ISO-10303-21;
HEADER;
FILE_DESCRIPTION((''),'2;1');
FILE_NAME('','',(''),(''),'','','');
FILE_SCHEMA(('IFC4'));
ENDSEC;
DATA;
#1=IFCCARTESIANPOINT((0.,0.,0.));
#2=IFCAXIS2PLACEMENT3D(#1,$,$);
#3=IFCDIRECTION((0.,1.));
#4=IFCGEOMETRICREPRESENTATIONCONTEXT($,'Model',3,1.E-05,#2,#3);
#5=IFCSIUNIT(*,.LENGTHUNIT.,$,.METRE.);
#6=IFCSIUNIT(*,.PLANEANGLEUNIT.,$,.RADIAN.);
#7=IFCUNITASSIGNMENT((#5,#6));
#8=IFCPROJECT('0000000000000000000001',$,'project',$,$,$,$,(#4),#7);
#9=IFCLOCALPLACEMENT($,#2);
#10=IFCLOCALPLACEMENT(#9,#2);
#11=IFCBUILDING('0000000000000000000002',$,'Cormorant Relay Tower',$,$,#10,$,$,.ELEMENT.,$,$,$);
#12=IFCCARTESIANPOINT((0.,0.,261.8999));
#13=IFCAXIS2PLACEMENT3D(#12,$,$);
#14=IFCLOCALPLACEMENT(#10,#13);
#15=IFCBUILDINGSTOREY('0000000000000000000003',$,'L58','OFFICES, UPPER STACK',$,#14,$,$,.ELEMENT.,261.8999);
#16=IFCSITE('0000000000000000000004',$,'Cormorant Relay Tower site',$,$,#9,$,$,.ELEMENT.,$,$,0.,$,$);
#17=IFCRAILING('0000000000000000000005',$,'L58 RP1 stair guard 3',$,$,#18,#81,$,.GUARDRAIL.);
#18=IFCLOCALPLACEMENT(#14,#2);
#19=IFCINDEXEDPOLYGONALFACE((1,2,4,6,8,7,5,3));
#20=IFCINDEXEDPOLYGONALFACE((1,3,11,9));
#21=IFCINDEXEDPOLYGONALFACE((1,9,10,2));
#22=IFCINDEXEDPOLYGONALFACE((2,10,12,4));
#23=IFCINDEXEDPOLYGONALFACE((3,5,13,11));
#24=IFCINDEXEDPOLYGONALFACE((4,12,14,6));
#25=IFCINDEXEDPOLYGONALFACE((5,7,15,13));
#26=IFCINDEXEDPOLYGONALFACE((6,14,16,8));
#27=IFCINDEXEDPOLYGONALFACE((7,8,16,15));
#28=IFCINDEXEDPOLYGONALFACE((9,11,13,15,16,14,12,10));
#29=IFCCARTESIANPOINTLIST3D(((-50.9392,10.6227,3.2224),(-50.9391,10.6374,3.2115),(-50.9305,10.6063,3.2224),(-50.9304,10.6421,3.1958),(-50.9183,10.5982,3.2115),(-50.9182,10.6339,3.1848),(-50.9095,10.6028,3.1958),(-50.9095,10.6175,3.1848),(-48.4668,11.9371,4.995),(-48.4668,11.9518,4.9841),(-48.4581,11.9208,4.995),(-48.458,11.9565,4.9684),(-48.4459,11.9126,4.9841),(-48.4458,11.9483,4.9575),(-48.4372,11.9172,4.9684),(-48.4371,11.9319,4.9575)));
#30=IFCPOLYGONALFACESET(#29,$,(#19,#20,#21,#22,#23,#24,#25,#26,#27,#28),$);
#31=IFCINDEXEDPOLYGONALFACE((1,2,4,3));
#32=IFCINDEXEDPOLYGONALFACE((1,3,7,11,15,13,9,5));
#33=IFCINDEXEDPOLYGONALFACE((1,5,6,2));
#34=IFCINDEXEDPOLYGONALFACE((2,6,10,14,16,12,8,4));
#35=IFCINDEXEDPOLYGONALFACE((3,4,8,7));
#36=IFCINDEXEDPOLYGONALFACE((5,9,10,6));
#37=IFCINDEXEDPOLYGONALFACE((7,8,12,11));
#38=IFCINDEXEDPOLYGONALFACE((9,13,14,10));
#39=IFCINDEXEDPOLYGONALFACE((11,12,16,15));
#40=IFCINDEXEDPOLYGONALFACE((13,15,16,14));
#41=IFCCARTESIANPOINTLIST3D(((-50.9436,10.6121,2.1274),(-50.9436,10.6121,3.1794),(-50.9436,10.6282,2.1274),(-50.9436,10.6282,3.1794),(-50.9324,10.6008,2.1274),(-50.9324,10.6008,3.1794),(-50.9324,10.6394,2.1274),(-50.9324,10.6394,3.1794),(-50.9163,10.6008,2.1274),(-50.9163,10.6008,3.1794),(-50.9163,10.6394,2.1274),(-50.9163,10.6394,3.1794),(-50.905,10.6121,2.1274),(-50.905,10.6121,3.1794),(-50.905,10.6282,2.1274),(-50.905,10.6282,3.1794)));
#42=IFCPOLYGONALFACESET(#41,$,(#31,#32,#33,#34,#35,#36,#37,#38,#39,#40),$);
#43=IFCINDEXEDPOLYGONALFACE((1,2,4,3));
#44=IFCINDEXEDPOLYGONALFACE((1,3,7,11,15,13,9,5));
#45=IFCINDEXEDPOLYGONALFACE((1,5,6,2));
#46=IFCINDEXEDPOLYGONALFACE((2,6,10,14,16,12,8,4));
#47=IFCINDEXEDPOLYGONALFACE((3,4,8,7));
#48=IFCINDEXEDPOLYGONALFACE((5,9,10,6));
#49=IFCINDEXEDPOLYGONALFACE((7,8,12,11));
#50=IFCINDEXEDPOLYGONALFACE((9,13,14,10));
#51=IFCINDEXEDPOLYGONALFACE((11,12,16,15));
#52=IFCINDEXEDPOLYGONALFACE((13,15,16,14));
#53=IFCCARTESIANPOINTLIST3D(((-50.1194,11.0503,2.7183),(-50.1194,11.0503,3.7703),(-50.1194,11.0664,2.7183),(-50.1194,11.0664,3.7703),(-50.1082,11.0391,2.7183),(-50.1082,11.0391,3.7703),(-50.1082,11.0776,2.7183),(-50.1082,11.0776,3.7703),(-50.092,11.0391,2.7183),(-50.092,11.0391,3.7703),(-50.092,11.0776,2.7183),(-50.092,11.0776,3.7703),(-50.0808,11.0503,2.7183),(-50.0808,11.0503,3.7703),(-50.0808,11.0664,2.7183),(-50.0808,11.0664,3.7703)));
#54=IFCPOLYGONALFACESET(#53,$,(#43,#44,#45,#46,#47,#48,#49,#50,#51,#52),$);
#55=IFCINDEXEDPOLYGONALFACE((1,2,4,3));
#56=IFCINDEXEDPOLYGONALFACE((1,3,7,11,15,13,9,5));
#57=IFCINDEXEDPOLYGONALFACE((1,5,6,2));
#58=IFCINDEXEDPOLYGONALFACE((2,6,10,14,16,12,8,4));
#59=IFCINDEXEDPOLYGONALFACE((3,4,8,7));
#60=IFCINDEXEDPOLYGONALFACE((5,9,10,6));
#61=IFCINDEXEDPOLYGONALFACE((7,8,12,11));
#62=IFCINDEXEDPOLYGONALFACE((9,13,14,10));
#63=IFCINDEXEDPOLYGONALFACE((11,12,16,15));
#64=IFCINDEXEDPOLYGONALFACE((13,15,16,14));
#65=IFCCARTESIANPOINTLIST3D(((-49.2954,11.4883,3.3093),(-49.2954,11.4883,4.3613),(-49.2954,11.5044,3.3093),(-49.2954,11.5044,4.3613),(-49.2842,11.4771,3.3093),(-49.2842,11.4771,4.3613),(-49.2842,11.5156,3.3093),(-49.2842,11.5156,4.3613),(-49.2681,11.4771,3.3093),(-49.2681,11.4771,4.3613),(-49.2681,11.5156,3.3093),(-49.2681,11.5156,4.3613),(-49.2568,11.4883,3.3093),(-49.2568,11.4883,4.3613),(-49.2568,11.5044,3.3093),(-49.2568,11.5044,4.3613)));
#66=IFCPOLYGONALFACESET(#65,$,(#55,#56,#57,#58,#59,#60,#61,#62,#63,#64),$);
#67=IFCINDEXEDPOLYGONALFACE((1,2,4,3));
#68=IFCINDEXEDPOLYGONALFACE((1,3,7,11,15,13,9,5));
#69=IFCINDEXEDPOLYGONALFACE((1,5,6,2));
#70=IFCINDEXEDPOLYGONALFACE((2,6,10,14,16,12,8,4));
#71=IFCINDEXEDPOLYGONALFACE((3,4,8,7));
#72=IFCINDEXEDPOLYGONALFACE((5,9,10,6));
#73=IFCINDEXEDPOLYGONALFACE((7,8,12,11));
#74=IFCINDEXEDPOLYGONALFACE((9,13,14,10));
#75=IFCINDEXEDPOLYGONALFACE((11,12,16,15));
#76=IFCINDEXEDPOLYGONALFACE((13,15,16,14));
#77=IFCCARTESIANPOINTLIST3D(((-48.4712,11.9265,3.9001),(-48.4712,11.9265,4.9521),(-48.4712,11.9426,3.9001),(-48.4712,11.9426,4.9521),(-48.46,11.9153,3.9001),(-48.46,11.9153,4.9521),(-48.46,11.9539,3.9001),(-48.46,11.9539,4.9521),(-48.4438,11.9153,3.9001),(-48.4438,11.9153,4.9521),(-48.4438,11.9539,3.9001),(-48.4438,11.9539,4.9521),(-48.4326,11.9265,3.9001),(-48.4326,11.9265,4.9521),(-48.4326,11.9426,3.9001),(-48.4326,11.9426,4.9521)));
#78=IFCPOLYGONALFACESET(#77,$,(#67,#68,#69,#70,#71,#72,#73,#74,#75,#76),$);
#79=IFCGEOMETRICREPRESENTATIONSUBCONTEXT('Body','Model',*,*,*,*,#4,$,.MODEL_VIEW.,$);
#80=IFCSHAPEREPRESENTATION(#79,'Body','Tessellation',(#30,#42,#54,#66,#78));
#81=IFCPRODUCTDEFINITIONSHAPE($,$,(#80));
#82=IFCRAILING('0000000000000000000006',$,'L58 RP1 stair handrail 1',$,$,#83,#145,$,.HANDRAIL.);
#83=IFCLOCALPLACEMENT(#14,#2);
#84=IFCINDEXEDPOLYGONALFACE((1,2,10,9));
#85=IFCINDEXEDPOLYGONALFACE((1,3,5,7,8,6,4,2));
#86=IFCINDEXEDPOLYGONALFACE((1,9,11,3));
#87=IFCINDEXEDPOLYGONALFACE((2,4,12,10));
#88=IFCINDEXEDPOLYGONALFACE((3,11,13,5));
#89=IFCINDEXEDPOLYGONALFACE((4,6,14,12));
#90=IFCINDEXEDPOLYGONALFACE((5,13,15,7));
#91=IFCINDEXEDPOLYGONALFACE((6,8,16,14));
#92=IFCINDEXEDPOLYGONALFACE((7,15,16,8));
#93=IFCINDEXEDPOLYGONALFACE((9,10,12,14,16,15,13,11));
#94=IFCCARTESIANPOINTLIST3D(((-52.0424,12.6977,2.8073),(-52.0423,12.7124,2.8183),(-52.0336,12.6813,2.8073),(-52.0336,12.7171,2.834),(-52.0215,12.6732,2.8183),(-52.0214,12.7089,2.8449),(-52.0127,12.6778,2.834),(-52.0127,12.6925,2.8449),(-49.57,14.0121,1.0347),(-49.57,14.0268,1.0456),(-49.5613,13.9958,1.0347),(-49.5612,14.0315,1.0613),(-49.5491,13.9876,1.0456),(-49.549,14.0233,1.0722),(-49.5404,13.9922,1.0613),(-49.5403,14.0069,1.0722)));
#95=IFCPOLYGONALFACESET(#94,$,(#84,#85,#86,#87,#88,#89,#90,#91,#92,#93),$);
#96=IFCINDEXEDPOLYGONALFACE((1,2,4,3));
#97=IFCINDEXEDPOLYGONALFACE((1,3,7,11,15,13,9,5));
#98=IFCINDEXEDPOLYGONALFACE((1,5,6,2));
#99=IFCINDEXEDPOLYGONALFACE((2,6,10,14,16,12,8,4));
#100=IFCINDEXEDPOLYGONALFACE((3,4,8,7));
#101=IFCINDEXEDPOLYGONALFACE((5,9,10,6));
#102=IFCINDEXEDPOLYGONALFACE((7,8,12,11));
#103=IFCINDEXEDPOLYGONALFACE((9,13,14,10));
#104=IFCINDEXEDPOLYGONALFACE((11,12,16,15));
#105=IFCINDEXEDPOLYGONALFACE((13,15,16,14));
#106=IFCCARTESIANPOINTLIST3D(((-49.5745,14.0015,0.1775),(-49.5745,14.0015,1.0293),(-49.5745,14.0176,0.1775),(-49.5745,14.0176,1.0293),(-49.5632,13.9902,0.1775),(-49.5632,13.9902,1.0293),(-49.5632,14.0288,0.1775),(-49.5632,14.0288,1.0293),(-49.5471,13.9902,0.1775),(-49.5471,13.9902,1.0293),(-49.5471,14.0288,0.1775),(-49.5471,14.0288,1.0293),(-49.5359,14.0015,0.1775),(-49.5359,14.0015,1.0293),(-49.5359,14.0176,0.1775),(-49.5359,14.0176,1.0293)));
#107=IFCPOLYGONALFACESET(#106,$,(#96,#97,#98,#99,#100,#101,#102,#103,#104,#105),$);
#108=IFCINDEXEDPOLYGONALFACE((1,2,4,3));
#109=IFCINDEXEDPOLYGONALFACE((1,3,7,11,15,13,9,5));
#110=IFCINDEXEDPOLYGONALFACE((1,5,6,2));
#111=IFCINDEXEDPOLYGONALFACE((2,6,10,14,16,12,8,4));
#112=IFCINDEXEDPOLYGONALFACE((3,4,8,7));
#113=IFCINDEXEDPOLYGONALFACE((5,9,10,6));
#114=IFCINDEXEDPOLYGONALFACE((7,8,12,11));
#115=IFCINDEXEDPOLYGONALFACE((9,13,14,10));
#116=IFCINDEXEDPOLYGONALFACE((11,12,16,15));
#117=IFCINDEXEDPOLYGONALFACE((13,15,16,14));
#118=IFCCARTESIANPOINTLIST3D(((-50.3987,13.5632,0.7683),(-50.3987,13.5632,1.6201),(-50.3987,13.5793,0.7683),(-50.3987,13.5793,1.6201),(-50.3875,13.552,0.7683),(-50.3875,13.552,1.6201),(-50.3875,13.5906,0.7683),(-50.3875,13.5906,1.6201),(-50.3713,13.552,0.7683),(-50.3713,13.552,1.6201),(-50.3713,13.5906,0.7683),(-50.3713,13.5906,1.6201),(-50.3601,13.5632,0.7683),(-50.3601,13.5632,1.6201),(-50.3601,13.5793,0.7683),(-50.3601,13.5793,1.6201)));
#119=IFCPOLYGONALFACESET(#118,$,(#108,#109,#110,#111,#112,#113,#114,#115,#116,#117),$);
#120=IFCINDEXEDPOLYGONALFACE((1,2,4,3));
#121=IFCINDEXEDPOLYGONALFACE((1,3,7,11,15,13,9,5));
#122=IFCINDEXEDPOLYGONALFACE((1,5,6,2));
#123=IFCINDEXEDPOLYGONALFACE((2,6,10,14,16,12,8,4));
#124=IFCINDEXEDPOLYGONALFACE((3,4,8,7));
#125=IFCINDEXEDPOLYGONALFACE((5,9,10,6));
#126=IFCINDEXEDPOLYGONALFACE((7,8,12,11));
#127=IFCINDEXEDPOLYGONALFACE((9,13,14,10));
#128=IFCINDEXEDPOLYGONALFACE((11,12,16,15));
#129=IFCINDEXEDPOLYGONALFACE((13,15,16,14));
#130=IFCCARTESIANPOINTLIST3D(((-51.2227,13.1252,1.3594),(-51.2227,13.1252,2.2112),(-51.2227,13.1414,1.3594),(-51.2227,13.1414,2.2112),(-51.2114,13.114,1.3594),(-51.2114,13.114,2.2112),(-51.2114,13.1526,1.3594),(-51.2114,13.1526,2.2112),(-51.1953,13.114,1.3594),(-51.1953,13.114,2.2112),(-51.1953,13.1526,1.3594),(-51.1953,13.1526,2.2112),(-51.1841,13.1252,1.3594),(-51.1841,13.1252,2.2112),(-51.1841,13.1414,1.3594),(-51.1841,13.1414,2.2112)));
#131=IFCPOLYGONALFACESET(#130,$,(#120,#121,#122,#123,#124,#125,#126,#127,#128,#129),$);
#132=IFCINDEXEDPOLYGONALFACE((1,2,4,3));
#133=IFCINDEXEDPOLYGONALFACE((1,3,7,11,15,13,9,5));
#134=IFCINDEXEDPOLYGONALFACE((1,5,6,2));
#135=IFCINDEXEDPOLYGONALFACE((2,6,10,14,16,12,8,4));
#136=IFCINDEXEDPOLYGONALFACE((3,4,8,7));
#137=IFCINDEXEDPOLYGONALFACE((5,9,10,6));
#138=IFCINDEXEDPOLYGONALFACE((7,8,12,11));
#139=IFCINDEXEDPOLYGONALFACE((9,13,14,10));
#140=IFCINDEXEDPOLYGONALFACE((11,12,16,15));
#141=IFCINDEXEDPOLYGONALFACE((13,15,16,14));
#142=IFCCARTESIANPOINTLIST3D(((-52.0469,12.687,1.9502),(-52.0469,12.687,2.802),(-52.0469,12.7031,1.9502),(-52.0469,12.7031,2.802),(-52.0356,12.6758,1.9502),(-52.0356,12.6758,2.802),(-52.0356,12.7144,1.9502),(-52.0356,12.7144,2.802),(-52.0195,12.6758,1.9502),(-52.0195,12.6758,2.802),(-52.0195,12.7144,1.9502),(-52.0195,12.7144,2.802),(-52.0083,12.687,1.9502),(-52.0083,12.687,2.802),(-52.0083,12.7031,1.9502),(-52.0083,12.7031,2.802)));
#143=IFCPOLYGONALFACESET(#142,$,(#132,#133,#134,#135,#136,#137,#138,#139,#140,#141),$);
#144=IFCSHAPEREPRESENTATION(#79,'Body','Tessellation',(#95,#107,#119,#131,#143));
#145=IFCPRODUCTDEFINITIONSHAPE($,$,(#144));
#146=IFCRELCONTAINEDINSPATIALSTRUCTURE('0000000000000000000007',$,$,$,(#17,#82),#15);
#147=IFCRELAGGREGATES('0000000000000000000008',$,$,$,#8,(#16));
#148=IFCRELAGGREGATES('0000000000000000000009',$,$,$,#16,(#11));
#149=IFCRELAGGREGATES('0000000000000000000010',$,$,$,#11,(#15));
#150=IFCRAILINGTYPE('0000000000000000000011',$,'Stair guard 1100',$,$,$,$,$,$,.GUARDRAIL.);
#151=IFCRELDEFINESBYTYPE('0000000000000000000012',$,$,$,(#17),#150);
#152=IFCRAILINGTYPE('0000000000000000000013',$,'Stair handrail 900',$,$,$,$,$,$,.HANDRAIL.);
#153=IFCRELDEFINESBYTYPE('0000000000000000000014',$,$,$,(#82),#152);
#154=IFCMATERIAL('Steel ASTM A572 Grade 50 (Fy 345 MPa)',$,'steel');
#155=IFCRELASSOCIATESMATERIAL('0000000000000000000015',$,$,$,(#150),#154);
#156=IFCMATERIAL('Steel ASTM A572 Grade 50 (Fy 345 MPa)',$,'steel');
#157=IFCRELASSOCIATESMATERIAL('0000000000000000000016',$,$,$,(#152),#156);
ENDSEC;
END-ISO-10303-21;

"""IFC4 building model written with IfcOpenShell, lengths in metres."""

from ifc_helpers import new_model, si_unit, direction, frame, origin, place, context, subcontext, project, spatial, polyline, outline, extrude, material, type_object, element, save


model = new_model("IFC4")

# Units and contexts
model_context = context("Model", 3, precision=1e-05, world=origin(), true_north=direction((0.0, 1.0)))
body_context = subcontext(model_context, "Body", "Model", "MODEL_VIEW")
ifc_project = project(units=[si_unit("LENGTHUNIT", "METRE"), si_unit("PLANEANGLEUNIT", "RADIAN")], contexts=[model_context])

# Site, building, storey
site_placement = place(None, origin())
site = spatial("IfcSite", under=ifc_project, at=site_placement, Name="Cormorant Relay Tower site", CompositionType="ELEMENT", RefElevation=0.0)
building_placement = place(site_placement, origin())
building = spatial("IfcBuilding", under=site, at=building_placement, Name="Cormorant Relay Tower", CompositionType="ELEMENT")
storey_placement = place(building_placement, frame((0.0, 0.0, 261.8999)))
storey = spatial("IfcBuildingStorey", under=building, at=storey_placement, Name="L58", Description="OFFICES, UPPER STACK", CompositionType="ELEMENT", Elevation=261.8999)

# Railings
ifc_material_1 = material(Name="Steel ASTM A572 Grade 50 (Fy 345 MPa)", Category="steel")
railing_type_1 = type_object("IfcRailingType", Name="Stair guard 1100", PredefinedType="GUARDRAIL", material=ifc_material_1)
railing_1_placement = place(storey_placement, frame((-50.9243, 10.6201, 2.1274)))
element("IfcRailing", 1, at=railing_1_placement, inside=storey, type_object=railing_type_1, Name="L58 RP1 stair guard 3", PredefinedType="GUARDRAIL", context=body_context, shape_type="SweptSolid", body=[
    extrude(outline(polyline([(0.0222, 0.0093), (0.0093, 0.0222), (-0.0093, 0.0222), (-0.0222, 0.0093), (-0.0222, -0.0093), (-0.0093, -0.0222), (0.0093, -0.0222), (0.0222, -0.0093), (0.0222, 0.0093)])), frame((0.0, 0.0, 1.0762), z_axis=(0.746034, 0.396627, 0.534902), x_axis=(-0.469429, 0.88297, 0.0)), (0.0, 0.0, 1.0), 3.314),
    extrude(outline(polyline([(0.0193, 0.0081), (0.0081, 0.0193), (-0.0081, 0.0193), (-0.0193, 0.0081), (-0.0193, -0.0081), (-0.0081, -0.0193), (0.0081, -0.0193), (0.0193, -0.0081), (0.0193, 0.0081)])), origin(), (0.0, 0.0, 1.0), 1.052),
    extrude(outline(polyline([(0.0193, 0.0081), (0.0081, 0.0193), (-0.0081, 0.0193), (-0.0193, 0.0081), (-0.0193, -0.0081), (-0.0081, -0.0193), (0.0081, -0.0193), (0.0193, -0.0081), (0.0193, 0.0081)])), frame((0.8242, 0.4382, 0.5908)), (0.0, 0.0, 1.0), 1.052),
    extrude(outline(polyline([(0.0193, 0.0081), (0.0081, 0.0193), (-0.0081, 0.0193), (-0.0193, 0.0081), (-0.0193, -0.0081), (-0.0081, -0.0193), (0.0081, -0.0193), (0.0193, -0.0081), (0.0193, 0.0081)])), frame((1.6482, 0.8762, 1.1819)), (0.0, 0.0, 1.0), 1.052),
    extrude(outline(polyline([(0.0193, 0.0081), (0.0081, 0.0193), (-0.0081, 0.0193), (-0.0193, 0.0081), (-0.0193, -0.0081), (-0.0081, -0.0193), (0.0081, -0.0193), (0.0193, -0.0081), (0.0193, 0.0081)])), frame((2.4724, 1.3145, 1.7727)), (0.0, 0.0, 1.0), 1.052),
])
ifc_material_2 = material(Name="Steel ASTM A572 Grade 50 (Fy 345 MPa)", Category="steel")
railing_type_2 = type_object("IfcRailingType", Name="Stair handrail 900", PredefinedType="HANDRAIL", material=ifc_material_2)
railing_2_placement = place(storey_placement, frame((-49.5552, 14.0095, 0.1775)))
element("IfcRailing", 2, at=railing_2_placement, inside=storey, type_object=railing_type_2, Name="L58 RP1 stair handrail 1", PredefinedType="HANDRAIL", context=body_context, shape_type="SweptSolid", body=[
    extrude(outline(polyline([(0.0222, 0.0093), (0.0093, 0.0222), (-0.0093, 0.0222), (-0.0222, 0.0093), (-0.0222, -0.0093), (-0.0093, -0.0222), (0.0093, -0.0222), (0.0222, -0.0093), (0.0222, 0.0093)])), frame((0.0, 0.0, 0.876), z_axis=(-0.746034, -0.396627, 0.534902), x_axis=(0.469429, -0.88297, 0.0)), (0.0, 0.0, 1.0), 3.314),
    extrude(outline(polyline([(0.0193, 0.0081), (0.0081, 0.0193), (-0.0081, 0.0193), (-0.0193, 0.0081), (-0.0193, -0.0081), (-0.0081, -0.0193), (0.0081, -0.0193), (0.0193, -0.0081), (0.0193, 0.0081)])), origin(), (0.0, 0.0, 1.0), 0.8518),
    extrude(outline(polyline([(0.0193, 0.0081), (0.0081, 0.0193), (-0.0081, 0.0193), (-0.0193, 0.0081), (-0.0193, -0.0081), (-0.0081, -0.0193), (0.0081, -0.0193), (0.0193, -0.0081), (0.0193, 0.0081)])), frame((-0.8242, -0.4382, 0.5908)), (0.0, 0.0, 1.0), 0.8518),
    extrude(outline(polyline([(0.0193, 0.0081), (0.0081, 0.0193), (-0.0081, 0.0193), (-0.0193, 0.0081), (-0.0193, -0.0081), (-0.0081, -0.0193), (0.0081, -0.0193), (0.0193, -0.0081), (0.0193, 0.0081)])), frame((-1.6482, -0.8762, 1.1819)), (0.0, 0.0, 1.0), 0.8518),
    extrude(outline(polyline([(0.0193, 0.0081), (0.0081, 0.0193), (-0.0081, 0.0193), (-0.0193, 0.0081), (-0.0193, -0.0081), (-0.0081, -0.0193), (0.0081, -0.0193), (0.0193, -0.0081), (0.0193, 0.0081)])), frame((-2.4724, -1.3145, 1.7727)), (0.0, 0.0, 1.0), 0.8518),
])

save(model, "model.ifc")
